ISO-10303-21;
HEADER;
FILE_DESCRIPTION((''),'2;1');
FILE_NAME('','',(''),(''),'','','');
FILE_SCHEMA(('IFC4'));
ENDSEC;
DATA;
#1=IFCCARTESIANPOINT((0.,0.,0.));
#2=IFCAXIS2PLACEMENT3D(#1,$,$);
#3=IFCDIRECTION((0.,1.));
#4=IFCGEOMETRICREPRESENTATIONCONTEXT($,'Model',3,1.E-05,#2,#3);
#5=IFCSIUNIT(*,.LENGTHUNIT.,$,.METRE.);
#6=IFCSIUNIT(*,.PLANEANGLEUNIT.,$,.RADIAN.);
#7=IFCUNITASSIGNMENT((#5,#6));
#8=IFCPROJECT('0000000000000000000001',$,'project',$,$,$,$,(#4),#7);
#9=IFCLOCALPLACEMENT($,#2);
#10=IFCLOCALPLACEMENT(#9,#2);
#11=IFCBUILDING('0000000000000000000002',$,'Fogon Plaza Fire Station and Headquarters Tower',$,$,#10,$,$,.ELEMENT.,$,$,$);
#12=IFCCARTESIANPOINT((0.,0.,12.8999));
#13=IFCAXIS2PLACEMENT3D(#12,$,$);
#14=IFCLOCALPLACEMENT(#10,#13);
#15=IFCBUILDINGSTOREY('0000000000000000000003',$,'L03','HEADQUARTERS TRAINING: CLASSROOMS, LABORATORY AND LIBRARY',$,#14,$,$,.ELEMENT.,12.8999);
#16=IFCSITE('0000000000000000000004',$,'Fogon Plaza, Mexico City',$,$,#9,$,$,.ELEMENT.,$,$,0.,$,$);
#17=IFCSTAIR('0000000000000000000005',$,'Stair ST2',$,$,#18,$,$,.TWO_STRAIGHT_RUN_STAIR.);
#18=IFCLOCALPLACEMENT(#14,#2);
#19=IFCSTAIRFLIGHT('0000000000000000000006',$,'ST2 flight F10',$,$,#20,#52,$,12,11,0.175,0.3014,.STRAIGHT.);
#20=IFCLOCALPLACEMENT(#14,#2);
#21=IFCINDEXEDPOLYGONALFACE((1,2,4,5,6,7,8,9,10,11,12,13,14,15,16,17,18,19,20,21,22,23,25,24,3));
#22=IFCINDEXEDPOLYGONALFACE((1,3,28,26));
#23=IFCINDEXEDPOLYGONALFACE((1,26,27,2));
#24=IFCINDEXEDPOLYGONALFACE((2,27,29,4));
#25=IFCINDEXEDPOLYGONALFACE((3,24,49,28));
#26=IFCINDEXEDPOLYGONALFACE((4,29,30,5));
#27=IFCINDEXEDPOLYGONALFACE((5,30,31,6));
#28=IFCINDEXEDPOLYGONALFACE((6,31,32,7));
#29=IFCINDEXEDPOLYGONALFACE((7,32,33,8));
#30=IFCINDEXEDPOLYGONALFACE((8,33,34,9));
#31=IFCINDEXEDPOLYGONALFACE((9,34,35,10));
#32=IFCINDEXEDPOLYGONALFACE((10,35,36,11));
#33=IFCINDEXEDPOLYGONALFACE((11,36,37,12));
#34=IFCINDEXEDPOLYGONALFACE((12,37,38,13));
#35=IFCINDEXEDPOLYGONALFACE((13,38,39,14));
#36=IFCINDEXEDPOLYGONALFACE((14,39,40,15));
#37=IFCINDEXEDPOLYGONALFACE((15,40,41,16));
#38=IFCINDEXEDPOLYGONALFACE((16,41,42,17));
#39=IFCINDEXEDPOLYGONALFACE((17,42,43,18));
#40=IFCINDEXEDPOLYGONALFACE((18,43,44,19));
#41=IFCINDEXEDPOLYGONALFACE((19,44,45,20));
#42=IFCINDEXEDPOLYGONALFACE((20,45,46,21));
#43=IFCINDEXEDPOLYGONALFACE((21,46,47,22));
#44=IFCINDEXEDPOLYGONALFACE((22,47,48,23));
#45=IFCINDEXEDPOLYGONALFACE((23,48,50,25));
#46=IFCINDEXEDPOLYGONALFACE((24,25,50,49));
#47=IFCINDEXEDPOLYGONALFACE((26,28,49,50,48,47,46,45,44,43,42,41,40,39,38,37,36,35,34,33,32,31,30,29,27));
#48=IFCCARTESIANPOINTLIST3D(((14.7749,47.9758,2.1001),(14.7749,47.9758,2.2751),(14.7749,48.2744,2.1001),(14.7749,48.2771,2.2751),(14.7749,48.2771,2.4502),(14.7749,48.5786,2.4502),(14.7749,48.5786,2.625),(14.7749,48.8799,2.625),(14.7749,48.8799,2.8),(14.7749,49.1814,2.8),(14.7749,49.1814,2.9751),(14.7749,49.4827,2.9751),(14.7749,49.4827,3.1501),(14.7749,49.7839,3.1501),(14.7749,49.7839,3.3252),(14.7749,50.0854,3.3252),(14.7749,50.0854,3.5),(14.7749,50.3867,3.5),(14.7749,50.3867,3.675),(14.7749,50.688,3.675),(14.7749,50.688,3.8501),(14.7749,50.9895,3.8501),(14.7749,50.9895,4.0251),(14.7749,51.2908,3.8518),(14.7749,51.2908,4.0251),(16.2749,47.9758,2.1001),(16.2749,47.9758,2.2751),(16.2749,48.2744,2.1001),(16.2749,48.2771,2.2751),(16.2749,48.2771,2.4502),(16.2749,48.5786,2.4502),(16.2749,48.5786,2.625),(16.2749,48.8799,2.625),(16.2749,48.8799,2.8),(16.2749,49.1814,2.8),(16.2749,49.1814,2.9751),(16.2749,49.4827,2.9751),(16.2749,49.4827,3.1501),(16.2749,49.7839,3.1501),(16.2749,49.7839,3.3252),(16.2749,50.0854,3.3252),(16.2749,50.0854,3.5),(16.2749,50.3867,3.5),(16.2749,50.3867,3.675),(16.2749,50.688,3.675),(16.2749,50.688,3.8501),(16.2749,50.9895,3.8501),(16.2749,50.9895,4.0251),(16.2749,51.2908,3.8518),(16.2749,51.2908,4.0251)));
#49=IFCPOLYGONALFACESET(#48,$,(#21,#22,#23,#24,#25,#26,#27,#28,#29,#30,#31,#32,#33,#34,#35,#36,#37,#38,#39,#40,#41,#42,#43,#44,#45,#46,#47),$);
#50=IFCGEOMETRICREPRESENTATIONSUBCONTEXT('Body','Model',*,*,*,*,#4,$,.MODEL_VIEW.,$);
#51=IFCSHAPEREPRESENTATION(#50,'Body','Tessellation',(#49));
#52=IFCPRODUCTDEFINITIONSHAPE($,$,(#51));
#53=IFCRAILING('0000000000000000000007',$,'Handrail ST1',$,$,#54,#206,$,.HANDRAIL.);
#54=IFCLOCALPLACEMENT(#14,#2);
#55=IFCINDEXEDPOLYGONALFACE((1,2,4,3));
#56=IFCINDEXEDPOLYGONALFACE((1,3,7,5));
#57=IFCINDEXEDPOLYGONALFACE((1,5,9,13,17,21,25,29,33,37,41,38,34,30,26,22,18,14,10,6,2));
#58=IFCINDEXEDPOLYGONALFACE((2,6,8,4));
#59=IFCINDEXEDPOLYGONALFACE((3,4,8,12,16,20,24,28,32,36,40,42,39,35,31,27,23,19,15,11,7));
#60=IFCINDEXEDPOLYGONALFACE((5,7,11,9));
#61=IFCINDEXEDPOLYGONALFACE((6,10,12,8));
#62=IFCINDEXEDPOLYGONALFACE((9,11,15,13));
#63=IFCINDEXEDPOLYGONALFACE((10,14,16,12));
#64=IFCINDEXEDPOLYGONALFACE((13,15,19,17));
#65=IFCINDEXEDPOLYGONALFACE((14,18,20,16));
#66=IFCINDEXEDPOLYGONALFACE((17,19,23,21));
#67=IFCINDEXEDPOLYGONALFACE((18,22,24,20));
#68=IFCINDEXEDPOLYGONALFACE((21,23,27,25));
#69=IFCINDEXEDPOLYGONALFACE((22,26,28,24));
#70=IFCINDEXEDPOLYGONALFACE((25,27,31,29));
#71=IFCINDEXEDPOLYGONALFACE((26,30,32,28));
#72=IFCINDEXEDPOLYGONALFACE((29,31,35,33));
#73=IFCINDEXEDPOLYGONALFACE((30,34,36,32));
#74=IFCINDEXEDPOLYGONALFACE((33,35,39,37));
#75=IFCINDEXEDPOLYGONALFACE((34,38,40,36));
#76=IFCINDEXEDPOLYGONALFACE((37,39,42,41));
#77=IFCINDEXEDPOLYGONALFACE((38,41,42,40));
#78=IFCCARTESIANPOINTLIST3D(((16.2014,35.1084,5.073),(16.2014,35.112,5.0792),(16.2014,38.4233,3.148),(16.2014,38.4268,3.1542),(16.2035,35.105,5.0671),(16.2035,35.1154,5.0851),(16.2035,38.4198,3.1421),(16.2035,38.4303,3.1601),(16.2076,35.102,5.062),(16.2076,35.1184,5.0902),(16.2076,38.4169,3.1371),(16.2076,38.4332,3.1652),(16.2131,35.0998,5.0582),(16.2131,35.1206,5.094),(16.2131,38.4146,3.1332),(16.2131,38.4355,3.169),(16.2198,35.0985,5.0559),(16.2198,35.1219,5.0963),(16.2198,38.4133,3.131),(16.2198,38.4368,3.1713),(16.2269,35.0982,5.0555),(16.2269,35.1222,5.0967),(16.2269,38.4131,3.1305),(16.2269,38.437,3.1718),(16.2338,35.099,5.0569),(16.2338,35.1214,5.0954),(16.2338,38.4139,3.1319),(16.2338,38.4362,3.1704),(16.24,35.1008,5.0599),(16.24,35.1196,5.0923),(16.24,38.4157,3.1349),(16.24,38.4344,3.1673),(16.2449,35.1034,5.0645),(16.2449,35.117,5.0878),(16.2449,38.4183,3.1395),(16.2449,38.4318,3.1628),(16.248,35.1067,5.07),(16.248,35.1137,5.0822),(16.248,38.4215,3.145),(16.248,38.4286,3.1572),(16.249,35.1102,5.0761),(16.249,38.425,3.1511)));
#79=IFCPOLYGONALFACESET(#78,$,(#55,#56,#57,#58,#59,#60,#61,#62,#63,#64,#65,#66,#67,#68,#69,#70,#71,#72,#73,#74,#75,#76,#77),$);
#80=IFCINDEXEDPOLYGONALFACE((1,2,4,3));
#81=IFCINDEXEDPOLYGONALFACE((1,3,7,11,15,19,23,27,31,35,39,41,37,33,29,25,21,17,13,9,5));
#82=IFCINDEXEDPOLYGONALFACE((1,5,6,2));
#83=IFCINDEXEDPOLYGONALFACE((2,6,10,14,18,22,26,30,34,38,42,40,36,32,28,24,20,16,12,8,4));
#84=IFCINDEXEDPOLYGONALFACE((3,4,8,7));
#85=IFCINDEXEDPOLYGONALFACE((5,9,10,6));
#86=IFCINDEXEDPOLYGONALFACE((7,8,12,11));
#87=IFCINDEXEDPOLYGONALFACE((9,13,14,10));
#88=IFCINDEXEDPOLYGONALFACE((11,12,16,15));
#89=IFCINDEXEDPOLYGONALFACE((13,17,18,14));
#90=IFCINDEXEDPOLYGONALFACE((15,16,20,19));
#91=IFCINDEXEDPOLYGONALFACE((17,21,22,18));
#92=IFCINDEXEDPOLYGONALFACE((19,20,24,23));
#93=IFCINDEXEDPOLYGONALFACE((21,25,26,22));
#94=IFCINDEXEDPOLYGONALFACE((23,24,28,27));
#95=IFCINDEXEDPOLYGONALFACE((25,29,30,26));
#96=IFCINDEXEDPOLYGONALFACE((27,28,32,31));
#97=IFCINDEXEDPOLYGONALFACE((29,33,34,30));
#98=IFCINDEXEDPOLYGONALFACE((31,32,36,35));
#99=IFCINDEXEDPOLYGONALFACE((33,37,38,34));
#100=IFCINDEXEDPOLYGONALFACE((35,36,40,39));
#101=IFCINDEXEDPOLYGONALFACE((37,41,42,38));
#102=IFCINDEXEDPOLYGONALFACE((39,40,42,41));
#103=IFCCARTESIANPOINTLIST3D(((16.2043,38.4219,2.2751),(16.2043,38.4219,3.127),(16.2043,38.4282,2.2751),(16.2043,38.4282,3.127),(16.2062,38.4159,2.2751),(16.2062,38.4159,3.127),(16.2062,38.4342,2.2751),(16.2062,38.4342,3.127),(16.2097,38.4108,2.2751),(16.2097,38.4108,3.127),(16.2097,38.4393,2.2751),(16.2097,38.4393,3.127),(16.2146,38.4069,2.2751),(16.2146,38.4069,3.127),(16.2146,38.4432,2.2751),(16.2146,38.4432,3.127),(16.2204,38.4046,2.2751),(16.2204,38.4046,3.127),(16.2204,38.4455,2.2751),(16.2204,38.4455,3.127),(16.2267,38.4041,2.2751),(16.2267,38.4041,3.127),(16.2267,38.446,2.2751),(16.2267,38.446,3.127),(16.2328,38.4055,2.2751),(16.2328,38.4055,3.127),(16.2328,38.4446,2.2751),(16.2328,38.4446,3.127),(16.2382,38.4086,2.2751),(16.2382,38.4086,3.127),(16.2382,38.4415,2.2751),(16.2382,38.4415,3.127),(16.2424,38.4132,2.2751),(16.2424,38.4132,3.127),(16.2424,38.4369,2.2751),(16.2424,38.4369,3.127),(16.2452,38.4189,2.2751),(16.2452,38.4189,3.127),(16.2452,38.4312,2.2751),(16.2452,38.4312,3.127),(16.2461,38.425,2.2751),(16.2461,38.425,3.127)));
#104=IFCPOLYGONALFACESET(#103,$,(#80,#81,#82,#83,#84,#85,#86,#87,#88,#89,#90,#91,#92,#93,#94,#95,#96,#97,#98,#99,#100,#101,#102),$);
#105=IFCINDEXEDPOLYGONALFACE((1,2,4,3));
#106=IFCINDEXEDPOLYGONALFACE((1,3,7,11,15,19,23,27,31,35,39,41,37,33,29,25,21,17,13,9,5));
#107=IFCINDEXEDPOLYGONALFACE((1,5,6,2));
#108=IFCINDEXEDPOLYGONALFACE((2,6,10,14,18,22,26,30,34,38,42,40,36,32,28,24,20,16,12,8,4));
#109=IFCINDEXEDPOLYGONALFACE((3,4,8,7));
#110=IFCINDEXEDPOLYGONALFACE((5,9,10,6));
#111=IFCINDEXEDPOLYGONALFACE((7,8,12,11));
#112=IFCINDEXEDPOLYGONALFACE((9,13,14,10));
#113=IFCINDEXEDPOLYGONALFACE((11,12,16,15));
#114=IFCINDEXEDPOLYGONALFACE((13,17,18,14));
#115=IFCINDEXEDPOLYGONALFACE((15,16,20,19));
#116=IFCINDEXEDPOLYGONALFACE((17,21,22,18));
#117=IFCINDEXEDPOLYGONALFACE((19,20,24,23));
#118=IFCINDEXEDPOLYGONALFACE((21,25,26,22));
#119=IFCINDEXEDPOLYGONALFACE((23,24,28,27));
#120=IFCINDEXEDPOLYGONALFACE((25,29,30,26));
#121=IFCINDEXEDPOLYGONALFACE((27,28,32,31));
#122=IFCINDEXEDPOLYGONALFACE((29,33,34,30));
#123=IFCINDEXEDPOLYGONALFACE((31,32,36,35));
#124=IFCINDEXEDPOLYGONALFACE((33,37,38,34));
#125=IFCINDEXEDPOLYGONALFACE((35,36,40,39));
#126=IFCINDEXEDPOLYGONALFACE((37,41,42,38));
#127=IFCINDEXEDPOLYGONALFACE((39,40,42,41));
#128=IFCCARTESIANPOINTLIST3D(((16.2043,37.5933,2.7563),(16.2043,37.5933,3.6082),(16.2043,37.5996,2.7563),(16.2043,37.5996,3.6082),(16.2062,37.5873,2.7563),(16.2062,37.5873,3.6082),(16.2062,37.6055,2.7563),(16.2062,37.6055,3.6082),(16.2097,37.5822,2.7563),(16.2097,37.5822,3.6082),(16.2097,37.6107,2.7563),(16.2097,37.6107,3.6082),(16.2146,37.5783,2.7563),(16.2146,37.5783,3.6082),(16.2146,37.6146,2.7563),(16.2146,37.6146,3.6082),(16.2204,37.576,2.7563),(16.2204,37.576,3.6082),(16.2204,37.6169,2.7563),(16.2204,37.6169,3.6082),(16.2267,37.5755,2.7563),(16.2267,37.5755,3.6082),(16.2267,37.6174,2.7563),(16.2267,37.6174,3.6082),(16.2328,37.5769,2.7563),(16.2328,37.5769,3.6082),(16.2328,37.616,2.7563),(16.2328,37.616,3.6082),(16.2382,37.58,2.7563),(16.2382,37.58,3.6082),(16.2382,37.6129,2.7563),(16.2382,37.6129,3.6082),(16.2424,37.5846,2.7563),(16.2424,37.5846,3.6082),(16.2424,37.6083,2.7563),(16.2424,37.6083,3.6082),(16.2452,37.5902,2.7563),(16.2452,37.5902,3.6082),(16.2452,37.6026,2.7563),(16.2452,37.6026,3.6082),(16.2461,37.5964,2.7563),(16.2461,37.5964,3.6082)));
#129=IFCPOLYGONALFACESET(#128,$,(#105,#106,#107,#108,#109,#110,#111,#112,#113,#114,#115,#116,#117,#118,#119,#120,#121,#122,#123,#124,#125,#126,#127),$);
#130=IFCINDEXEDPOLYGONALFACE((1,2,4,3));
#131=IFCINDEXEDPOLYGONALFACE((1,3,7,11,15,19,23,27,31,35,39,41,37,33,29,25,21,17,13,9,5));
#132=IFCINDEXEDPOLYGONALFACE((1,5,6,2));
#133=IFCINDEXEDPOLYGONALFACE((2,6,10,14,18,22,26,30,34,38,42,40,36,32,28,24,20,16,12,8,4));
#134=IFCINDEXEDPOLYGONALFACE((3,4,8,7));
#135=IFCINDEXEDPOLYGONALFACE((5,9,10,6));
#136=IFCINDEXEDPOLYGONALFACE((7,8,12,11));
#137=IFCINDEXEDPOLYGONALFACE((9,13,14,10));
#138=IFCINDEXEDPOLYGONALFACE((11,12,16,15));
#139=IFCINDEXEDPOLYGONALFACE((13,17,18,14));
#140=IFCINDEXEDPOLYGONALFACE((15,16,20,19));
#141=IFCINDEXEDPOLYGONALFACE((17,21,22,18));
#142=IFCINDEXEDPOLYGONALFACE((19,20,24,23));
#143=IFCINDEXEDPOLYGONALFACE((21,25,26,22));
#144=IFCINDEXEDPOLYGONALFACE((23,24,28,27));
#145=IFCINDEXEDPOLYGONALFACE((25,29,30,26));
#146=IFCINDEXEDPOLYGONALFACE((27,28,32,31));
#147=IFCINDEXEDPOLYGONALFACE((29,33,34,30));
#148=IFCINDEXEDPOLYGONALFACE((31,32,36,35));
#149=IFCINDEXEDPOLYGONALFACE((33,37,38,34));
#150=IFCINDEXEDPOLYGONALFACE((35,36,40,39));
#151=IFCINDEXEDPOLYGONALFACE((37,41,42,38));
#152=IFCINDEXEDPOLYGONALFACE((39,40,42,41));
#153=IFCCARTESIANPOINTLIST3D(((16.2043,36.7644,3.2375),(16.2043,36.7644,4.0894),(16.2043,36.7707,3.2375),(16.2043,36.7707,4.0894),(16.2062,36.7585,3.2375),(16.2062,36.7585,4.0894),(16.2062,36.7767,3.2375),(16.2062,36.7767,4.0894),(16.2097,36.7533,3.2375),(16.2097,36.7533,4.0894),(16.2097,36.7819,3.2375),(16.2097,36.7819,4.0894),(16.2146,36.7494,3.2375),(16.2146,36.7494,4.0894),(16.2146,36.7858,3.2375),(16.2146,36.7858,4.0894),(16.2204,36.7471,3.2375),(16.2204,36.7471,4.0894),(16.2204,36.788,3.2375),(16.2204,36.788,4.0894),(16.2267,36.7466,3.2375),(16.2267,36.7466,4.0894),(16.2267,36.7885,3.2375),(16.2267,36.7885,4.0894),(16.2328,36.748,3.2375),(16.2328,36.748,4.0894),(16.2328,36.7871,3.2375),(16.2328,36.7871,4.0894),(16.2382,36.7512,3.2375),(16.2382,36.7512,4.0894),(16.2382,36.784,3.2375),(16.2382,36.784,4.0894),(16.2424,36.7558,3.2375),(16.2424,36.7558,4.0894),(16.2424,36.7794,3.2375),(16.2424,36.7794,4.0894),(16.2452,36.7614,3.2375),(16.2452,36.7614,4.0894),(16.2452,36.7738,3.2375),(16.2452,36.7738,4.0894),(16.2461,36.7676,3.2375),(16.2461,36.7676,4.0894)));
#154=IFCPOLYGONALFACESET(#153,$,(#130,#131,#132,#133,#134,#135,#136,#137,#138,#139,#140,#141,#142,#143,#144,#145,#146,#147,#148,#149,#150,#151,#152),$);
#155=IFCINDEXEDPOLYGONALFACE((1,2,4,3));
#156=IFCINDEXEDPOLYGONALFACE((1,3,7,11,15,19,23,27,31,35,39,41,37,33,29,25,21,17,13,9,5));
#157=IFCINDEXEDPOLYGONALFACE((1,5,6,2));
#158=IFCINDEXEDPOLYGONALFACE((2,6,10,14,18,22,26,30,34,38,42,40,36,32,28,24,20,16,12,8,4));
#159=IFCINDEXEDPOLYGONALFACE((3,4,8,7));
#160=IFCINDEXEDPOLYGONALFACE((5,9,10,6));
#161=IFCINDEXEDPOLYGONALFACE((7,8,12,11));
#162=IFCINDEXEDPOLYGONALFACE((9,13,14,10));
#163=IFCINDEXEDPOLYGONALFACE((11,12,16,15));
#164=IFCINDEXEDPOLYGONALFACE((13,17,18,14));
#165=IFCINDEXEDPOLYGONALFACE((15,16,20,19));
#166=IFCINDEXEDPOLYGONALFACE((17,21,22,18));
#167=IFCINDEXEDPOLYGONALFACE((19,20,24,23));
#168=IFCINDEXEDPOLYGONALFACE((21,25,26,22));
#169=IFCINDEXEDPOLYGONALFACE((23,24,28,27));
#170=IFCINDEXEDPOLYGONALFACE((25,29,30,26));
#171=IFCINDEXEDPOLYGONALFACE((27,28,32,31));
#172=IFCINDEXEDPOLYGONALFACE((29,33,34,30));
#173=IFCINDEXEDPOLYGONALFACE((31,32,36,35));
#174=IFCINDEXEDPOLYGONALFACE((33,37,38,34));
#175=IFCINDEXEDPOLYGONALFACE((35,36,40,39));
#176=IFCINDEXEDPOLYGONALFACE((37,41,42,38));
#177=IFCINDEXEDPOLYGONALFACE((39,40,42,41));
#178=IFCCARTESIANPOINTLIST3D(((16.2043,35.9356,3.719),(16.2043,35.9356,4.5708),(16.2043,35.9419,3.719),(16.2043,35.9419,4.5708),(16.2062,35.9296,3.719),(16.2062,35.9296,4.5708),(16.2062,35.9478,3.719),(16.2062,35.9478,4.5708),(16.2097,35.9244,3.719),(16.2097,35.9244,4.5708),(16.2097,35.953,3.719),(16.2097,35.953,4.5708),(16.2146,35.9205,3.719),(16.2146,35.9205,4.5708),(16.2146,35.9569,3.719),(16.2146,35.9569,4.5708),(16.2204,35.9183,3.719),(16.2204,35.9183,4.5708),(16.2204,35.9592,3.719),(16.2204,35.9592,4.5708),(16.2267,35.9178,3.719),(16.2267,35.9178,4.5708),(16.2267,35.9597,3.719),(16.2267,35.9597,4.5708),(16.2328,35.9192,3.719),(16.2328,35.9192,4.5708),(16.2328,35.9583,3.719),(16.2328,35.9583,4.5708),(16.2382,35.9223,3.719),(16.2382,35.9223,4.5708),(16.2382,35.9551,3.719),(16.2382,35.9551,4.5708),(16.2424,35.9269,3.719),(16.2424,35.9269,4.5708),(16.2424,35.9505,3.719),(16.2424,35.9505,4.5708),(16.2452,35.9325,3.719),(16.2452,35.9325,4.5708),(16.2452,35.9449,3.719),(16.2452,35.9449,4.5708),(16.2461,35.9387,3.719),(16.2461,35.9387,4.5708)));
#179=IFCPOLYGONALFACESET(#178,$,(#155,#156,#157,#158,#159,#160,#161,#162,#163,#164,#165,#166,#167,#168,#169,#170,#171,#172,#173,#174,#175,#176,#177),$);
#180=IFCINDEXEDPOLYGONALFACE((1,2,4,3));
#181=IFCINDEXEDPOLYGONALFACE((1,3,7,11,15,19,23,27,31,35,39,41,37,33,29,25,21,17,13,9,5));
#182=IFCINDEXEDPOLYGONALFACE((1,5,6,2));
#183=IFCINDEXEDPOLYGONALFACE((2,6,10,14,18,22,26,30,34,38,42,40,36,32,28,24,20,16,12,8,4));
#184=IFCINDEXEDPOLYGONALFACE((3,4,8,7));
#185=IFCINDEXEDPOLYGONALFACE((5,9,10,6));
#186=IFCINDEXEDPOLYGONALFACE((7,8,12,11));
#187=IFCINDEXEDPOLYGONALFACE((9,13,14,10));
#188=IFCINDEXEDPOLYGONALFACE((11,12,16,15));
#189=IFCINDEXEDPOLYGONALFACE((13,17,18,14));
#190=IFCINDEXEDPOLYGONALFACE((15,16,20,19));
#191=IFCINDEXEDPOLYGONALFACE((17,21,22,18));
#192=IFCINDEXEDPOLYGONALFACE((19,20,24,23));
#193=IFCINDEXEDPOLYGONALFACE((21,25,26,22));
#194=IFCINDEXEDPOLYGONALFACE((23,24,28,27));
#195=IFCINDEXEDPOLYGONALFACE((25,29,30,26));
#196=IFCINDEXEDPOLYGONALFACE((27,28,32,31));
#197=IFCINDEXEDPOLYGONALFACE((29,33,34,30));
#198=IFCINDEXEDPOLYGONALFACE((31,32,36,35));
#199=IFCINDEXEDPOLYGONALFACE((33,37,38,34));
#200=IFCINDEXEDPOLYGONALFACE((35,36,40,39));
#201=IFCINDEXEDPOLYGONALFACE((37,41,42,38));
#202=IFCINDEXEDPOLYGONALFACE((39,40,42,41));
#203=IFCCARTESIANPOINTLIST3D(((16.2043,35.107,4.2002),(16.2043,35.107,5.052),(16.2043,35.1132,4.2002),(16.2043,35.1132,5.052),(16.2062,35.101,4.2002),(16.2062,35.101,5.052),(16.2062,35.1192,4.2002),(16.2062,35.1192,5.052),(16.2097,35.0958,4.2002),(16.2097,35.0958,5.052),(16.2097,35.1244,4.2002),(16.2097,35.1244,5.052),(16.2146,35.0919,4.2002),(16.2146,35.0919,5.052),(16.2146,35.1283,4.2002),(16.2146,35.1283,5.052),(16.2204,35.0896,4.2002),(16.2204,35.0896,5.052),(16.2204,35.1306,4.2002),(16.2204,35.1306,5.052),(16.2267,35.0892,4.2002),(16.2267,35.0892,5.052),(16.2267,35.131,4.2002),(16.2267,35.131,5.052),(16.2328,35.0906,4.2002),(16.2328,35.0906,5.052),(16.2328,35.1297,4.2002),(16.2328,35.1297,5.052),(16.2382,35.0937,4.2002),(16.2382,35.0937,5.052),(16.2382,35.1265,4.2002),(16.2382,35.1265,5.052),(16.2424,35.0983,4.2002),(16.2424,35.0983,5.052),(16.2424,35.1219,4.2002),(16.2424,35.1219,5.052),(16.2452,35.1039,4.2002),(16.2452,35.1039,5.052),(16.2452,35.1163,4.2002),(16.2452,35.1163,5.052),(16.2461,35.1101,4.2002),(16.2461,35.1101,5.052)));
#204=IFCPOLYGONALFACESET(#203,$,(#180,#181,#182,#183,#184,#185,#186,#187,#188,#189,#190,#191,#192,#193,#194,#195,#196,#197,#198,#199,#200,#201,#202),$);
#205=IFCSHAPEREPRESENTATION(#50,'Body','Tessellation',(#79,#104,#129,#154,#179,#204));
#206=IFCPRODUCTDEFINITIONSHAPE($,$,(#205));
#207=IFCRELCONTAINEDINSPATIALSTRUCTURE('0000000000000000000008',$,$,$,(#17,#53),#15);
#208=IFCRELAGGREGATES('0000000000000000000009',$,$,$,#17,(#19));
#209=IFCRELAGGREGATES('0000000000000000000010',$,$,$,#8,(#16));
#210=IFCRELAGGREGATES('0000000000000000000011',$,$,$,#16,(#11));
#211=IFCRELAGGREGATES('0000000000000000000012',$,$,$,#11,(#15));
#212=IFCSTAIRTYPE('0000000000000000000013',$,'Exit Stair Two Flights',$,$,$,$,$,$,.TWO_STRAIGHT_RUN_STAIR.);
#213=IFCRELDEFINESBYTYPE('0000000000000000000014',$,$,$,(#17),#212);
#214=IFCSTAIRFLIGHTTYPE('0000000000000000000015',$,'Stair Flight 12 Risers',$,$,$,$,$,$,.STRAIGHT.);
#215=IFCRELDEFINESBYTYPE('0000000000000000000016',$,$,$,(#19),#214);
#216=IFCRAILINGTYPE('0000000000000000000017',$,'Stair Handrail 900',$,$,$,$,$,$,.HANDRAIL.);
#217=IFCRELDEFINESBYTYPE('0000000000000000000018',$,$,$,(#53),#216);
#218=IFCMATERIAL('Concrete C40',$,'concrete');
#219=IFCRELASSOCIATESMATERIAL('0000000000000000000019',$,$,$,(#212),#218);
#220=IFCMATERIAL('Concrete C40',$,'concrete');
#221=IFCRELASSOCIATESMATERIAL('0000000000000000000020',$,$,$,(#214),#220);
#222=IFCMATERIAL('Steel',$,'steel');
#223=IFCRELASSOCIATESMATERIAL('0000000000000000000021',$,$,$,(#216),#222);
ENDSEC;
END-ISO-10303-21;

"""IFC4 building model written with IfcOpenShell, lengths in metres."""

from ifc_helpers import new_model, si_unit, direction, frame, origin, origin_2d, place, context, subcontext, project, spatial, polyline, circle, outline, extrude, material, type_object, element, aggregate, save


model = new_model("IFC4")

# Units and contexts
model_context = context("Model", 3, precision=1e-05, world=origin(), true_north=direction((0.0, 1.0)))
body_context = subcontext(model_context, "Body", "Model", "MODEL_VIEW")
ifc_project = project(units=[si_unit("LENGTHUNIT", "METRE"), si_unit("PLANEANGLEUNIT", "RADIAN")], contexts=[model_context])

# Site, building, storey
site_placement = place(None, origin())
site = spatial("IfcSite", under=ifc_project, at=site_placement, Name="Fogon Plaza, Mexico City", CompositionType="ELEMENT", RefElevation=0.0)
building_placement = place(site_placement, origin())
building = spatial("IfcBuilding", under=site, at=building_placement, Name="Fogon Plaza Fire Station and Headquarters Tower", CompositionType="ELEMENT")
storey_placement = place(building_placement, frame((0.0, 0.0, 12.8999)))
storey = spatial("IfcBuildingStorey", under=building, at=storey_placement, Name="L03", Description="HEADQUARTERS TRAINING: CLASSROOMS, LABORATORY AND LIBRARY", CompositionType="ELEMENT", Elevation=12.8999)

# Stair, stair flight
ifc_material_1 = material(Name="Concrete C40", Category="concrete")
stair_type = type_object("IfcStairType", Name="Exit Stair Two Flights", PredefinedType="TWO_STRAIGHT_RUN_STAIR", material=ifc_material_1)
ifc_material_2 = material(Name="Concrete C40", Category="concrete")
stair_flight_type = type_object("IfcStairFlightType", Name="Stair Flight 12 Risers", PredefinedType="STRAIGHT", material=ifc_material_2)
stair_1_placement = place(storey_placement, origin())
stair_1 = element("IfcStair", 1, at=stair_1_placement, inside=storey, type_object=stair_type, Name="Stair ST2", PredefinedType="TWO_STRAIGHT_RUN_STAIR")
stair_flight_1_placement = place(storey_placement, frame((15.5249, 47.9758, 2.1001), z_axis=(0.0, 0.0, 1.0), x_axis=(0.0, 1.0, 0.0)))
stair_flight_1 = element("IfcStairFlight", 2, at=stair_flight_1_placement, type_object=stair_flight_type, Name="ST2 flight F10", NumberOfRisers=12, NumberOfTreads=11, PredefinedType="STRAIGHT", RiserHeight=0.175, TreadLength=0.3014, context=body_context, shape_type="SweptSolid", body=[
    extrude(outline(polyline([(0.0, 0.0), (0.0, 0.175), (0.3013, 0.175), (0.3013, 0.3501), (0.6028, 0.3501), (0.6028, 0.5249), (0.9041, 0.5249), (0.9041, 0.7), (1.2056, 0.7), (1.2056, 0.875), (1.5068, 0.875), (1.5068, 1.05), (1.8081, 1.05), (1.8081, 1.2251), (2.1096, 1.2251), (2.1096, 1.3999), (2.4109, 1.3999), (2.4109, 1.575), (2.7122, 1.575), (2.7122, 1.75), (3.0137, 1.75), (3.0137, 1.925), (3.3149, 1.925), (3.3149, 2.1001), (3.3149, 1.7517), (0.2986, 0.0), (0.0, 0.0)])), frame((0.0, 0.75, 0.0), z_axis=(0.0, -1.0, 0.0), x_axis=(1.0, 0.0, 0.0)), (0.0, 0.0, 1.0), 1.5),
])
aggregate(stair_1, [stair_flight_1])

# Railing
ifc_material_3 = material(Name="Steel", Category="steel")
railing_type = type_object("IfcRailingType", Name="Stair Handrail 900", PredefinedType="HANDRAIL", material=ifc_material_3)
for number, where, name in (
    (3, (16.2251, 38.425, 2.2751), "Handrail ST1"),
):
    element("IfcRailing", number, at=place(storey_placement, frame(where)), inside=storey, type_object=railing_type, Name=name, PredefinedType="HANDRAIL", context=body_context, shape_type="SweptSolid", body=[
        extrude(circle(Radius=0.0239, at=origin_2d()), frame((0.0, 0.0, 0.876), z_axis=(0.0, -0.864761, 0.502183), x_axis=(1.0, 0.0, 0.0)), (0.0, 0.0, 1.0), 3.8333),
        extrude(circle(Radius=0.021, at=origin_2d()), origin(), (0.0, 0.0, 1.0), 0.8518),
        extrude(circle(Radius=0.021, at=origin_2d()), frame((0.0, -0.8286, 0.4812)), (0.0, 0.0, 1.0), 0.8518),
        extrude(circle(Radius=0.021, at=origin_2d()), frame((0.0, -1.6575, 0.9624)), (0.0, 0.0, 1.0), 0.8518),
        extrude(circle(Radius=0.021, at=origin_2d()), frame((0.0, -2.4863, 1.4438)), (0.0, 0.0, 1.0), 0.8518),
        extrude(circle(Radius=0.021, at=origin_2d()), frame((0.0, -3.3149, 1.925)), (0.0, 0.0, 1.0), 0.8518),
    ])

save(model, "model.ifc")
